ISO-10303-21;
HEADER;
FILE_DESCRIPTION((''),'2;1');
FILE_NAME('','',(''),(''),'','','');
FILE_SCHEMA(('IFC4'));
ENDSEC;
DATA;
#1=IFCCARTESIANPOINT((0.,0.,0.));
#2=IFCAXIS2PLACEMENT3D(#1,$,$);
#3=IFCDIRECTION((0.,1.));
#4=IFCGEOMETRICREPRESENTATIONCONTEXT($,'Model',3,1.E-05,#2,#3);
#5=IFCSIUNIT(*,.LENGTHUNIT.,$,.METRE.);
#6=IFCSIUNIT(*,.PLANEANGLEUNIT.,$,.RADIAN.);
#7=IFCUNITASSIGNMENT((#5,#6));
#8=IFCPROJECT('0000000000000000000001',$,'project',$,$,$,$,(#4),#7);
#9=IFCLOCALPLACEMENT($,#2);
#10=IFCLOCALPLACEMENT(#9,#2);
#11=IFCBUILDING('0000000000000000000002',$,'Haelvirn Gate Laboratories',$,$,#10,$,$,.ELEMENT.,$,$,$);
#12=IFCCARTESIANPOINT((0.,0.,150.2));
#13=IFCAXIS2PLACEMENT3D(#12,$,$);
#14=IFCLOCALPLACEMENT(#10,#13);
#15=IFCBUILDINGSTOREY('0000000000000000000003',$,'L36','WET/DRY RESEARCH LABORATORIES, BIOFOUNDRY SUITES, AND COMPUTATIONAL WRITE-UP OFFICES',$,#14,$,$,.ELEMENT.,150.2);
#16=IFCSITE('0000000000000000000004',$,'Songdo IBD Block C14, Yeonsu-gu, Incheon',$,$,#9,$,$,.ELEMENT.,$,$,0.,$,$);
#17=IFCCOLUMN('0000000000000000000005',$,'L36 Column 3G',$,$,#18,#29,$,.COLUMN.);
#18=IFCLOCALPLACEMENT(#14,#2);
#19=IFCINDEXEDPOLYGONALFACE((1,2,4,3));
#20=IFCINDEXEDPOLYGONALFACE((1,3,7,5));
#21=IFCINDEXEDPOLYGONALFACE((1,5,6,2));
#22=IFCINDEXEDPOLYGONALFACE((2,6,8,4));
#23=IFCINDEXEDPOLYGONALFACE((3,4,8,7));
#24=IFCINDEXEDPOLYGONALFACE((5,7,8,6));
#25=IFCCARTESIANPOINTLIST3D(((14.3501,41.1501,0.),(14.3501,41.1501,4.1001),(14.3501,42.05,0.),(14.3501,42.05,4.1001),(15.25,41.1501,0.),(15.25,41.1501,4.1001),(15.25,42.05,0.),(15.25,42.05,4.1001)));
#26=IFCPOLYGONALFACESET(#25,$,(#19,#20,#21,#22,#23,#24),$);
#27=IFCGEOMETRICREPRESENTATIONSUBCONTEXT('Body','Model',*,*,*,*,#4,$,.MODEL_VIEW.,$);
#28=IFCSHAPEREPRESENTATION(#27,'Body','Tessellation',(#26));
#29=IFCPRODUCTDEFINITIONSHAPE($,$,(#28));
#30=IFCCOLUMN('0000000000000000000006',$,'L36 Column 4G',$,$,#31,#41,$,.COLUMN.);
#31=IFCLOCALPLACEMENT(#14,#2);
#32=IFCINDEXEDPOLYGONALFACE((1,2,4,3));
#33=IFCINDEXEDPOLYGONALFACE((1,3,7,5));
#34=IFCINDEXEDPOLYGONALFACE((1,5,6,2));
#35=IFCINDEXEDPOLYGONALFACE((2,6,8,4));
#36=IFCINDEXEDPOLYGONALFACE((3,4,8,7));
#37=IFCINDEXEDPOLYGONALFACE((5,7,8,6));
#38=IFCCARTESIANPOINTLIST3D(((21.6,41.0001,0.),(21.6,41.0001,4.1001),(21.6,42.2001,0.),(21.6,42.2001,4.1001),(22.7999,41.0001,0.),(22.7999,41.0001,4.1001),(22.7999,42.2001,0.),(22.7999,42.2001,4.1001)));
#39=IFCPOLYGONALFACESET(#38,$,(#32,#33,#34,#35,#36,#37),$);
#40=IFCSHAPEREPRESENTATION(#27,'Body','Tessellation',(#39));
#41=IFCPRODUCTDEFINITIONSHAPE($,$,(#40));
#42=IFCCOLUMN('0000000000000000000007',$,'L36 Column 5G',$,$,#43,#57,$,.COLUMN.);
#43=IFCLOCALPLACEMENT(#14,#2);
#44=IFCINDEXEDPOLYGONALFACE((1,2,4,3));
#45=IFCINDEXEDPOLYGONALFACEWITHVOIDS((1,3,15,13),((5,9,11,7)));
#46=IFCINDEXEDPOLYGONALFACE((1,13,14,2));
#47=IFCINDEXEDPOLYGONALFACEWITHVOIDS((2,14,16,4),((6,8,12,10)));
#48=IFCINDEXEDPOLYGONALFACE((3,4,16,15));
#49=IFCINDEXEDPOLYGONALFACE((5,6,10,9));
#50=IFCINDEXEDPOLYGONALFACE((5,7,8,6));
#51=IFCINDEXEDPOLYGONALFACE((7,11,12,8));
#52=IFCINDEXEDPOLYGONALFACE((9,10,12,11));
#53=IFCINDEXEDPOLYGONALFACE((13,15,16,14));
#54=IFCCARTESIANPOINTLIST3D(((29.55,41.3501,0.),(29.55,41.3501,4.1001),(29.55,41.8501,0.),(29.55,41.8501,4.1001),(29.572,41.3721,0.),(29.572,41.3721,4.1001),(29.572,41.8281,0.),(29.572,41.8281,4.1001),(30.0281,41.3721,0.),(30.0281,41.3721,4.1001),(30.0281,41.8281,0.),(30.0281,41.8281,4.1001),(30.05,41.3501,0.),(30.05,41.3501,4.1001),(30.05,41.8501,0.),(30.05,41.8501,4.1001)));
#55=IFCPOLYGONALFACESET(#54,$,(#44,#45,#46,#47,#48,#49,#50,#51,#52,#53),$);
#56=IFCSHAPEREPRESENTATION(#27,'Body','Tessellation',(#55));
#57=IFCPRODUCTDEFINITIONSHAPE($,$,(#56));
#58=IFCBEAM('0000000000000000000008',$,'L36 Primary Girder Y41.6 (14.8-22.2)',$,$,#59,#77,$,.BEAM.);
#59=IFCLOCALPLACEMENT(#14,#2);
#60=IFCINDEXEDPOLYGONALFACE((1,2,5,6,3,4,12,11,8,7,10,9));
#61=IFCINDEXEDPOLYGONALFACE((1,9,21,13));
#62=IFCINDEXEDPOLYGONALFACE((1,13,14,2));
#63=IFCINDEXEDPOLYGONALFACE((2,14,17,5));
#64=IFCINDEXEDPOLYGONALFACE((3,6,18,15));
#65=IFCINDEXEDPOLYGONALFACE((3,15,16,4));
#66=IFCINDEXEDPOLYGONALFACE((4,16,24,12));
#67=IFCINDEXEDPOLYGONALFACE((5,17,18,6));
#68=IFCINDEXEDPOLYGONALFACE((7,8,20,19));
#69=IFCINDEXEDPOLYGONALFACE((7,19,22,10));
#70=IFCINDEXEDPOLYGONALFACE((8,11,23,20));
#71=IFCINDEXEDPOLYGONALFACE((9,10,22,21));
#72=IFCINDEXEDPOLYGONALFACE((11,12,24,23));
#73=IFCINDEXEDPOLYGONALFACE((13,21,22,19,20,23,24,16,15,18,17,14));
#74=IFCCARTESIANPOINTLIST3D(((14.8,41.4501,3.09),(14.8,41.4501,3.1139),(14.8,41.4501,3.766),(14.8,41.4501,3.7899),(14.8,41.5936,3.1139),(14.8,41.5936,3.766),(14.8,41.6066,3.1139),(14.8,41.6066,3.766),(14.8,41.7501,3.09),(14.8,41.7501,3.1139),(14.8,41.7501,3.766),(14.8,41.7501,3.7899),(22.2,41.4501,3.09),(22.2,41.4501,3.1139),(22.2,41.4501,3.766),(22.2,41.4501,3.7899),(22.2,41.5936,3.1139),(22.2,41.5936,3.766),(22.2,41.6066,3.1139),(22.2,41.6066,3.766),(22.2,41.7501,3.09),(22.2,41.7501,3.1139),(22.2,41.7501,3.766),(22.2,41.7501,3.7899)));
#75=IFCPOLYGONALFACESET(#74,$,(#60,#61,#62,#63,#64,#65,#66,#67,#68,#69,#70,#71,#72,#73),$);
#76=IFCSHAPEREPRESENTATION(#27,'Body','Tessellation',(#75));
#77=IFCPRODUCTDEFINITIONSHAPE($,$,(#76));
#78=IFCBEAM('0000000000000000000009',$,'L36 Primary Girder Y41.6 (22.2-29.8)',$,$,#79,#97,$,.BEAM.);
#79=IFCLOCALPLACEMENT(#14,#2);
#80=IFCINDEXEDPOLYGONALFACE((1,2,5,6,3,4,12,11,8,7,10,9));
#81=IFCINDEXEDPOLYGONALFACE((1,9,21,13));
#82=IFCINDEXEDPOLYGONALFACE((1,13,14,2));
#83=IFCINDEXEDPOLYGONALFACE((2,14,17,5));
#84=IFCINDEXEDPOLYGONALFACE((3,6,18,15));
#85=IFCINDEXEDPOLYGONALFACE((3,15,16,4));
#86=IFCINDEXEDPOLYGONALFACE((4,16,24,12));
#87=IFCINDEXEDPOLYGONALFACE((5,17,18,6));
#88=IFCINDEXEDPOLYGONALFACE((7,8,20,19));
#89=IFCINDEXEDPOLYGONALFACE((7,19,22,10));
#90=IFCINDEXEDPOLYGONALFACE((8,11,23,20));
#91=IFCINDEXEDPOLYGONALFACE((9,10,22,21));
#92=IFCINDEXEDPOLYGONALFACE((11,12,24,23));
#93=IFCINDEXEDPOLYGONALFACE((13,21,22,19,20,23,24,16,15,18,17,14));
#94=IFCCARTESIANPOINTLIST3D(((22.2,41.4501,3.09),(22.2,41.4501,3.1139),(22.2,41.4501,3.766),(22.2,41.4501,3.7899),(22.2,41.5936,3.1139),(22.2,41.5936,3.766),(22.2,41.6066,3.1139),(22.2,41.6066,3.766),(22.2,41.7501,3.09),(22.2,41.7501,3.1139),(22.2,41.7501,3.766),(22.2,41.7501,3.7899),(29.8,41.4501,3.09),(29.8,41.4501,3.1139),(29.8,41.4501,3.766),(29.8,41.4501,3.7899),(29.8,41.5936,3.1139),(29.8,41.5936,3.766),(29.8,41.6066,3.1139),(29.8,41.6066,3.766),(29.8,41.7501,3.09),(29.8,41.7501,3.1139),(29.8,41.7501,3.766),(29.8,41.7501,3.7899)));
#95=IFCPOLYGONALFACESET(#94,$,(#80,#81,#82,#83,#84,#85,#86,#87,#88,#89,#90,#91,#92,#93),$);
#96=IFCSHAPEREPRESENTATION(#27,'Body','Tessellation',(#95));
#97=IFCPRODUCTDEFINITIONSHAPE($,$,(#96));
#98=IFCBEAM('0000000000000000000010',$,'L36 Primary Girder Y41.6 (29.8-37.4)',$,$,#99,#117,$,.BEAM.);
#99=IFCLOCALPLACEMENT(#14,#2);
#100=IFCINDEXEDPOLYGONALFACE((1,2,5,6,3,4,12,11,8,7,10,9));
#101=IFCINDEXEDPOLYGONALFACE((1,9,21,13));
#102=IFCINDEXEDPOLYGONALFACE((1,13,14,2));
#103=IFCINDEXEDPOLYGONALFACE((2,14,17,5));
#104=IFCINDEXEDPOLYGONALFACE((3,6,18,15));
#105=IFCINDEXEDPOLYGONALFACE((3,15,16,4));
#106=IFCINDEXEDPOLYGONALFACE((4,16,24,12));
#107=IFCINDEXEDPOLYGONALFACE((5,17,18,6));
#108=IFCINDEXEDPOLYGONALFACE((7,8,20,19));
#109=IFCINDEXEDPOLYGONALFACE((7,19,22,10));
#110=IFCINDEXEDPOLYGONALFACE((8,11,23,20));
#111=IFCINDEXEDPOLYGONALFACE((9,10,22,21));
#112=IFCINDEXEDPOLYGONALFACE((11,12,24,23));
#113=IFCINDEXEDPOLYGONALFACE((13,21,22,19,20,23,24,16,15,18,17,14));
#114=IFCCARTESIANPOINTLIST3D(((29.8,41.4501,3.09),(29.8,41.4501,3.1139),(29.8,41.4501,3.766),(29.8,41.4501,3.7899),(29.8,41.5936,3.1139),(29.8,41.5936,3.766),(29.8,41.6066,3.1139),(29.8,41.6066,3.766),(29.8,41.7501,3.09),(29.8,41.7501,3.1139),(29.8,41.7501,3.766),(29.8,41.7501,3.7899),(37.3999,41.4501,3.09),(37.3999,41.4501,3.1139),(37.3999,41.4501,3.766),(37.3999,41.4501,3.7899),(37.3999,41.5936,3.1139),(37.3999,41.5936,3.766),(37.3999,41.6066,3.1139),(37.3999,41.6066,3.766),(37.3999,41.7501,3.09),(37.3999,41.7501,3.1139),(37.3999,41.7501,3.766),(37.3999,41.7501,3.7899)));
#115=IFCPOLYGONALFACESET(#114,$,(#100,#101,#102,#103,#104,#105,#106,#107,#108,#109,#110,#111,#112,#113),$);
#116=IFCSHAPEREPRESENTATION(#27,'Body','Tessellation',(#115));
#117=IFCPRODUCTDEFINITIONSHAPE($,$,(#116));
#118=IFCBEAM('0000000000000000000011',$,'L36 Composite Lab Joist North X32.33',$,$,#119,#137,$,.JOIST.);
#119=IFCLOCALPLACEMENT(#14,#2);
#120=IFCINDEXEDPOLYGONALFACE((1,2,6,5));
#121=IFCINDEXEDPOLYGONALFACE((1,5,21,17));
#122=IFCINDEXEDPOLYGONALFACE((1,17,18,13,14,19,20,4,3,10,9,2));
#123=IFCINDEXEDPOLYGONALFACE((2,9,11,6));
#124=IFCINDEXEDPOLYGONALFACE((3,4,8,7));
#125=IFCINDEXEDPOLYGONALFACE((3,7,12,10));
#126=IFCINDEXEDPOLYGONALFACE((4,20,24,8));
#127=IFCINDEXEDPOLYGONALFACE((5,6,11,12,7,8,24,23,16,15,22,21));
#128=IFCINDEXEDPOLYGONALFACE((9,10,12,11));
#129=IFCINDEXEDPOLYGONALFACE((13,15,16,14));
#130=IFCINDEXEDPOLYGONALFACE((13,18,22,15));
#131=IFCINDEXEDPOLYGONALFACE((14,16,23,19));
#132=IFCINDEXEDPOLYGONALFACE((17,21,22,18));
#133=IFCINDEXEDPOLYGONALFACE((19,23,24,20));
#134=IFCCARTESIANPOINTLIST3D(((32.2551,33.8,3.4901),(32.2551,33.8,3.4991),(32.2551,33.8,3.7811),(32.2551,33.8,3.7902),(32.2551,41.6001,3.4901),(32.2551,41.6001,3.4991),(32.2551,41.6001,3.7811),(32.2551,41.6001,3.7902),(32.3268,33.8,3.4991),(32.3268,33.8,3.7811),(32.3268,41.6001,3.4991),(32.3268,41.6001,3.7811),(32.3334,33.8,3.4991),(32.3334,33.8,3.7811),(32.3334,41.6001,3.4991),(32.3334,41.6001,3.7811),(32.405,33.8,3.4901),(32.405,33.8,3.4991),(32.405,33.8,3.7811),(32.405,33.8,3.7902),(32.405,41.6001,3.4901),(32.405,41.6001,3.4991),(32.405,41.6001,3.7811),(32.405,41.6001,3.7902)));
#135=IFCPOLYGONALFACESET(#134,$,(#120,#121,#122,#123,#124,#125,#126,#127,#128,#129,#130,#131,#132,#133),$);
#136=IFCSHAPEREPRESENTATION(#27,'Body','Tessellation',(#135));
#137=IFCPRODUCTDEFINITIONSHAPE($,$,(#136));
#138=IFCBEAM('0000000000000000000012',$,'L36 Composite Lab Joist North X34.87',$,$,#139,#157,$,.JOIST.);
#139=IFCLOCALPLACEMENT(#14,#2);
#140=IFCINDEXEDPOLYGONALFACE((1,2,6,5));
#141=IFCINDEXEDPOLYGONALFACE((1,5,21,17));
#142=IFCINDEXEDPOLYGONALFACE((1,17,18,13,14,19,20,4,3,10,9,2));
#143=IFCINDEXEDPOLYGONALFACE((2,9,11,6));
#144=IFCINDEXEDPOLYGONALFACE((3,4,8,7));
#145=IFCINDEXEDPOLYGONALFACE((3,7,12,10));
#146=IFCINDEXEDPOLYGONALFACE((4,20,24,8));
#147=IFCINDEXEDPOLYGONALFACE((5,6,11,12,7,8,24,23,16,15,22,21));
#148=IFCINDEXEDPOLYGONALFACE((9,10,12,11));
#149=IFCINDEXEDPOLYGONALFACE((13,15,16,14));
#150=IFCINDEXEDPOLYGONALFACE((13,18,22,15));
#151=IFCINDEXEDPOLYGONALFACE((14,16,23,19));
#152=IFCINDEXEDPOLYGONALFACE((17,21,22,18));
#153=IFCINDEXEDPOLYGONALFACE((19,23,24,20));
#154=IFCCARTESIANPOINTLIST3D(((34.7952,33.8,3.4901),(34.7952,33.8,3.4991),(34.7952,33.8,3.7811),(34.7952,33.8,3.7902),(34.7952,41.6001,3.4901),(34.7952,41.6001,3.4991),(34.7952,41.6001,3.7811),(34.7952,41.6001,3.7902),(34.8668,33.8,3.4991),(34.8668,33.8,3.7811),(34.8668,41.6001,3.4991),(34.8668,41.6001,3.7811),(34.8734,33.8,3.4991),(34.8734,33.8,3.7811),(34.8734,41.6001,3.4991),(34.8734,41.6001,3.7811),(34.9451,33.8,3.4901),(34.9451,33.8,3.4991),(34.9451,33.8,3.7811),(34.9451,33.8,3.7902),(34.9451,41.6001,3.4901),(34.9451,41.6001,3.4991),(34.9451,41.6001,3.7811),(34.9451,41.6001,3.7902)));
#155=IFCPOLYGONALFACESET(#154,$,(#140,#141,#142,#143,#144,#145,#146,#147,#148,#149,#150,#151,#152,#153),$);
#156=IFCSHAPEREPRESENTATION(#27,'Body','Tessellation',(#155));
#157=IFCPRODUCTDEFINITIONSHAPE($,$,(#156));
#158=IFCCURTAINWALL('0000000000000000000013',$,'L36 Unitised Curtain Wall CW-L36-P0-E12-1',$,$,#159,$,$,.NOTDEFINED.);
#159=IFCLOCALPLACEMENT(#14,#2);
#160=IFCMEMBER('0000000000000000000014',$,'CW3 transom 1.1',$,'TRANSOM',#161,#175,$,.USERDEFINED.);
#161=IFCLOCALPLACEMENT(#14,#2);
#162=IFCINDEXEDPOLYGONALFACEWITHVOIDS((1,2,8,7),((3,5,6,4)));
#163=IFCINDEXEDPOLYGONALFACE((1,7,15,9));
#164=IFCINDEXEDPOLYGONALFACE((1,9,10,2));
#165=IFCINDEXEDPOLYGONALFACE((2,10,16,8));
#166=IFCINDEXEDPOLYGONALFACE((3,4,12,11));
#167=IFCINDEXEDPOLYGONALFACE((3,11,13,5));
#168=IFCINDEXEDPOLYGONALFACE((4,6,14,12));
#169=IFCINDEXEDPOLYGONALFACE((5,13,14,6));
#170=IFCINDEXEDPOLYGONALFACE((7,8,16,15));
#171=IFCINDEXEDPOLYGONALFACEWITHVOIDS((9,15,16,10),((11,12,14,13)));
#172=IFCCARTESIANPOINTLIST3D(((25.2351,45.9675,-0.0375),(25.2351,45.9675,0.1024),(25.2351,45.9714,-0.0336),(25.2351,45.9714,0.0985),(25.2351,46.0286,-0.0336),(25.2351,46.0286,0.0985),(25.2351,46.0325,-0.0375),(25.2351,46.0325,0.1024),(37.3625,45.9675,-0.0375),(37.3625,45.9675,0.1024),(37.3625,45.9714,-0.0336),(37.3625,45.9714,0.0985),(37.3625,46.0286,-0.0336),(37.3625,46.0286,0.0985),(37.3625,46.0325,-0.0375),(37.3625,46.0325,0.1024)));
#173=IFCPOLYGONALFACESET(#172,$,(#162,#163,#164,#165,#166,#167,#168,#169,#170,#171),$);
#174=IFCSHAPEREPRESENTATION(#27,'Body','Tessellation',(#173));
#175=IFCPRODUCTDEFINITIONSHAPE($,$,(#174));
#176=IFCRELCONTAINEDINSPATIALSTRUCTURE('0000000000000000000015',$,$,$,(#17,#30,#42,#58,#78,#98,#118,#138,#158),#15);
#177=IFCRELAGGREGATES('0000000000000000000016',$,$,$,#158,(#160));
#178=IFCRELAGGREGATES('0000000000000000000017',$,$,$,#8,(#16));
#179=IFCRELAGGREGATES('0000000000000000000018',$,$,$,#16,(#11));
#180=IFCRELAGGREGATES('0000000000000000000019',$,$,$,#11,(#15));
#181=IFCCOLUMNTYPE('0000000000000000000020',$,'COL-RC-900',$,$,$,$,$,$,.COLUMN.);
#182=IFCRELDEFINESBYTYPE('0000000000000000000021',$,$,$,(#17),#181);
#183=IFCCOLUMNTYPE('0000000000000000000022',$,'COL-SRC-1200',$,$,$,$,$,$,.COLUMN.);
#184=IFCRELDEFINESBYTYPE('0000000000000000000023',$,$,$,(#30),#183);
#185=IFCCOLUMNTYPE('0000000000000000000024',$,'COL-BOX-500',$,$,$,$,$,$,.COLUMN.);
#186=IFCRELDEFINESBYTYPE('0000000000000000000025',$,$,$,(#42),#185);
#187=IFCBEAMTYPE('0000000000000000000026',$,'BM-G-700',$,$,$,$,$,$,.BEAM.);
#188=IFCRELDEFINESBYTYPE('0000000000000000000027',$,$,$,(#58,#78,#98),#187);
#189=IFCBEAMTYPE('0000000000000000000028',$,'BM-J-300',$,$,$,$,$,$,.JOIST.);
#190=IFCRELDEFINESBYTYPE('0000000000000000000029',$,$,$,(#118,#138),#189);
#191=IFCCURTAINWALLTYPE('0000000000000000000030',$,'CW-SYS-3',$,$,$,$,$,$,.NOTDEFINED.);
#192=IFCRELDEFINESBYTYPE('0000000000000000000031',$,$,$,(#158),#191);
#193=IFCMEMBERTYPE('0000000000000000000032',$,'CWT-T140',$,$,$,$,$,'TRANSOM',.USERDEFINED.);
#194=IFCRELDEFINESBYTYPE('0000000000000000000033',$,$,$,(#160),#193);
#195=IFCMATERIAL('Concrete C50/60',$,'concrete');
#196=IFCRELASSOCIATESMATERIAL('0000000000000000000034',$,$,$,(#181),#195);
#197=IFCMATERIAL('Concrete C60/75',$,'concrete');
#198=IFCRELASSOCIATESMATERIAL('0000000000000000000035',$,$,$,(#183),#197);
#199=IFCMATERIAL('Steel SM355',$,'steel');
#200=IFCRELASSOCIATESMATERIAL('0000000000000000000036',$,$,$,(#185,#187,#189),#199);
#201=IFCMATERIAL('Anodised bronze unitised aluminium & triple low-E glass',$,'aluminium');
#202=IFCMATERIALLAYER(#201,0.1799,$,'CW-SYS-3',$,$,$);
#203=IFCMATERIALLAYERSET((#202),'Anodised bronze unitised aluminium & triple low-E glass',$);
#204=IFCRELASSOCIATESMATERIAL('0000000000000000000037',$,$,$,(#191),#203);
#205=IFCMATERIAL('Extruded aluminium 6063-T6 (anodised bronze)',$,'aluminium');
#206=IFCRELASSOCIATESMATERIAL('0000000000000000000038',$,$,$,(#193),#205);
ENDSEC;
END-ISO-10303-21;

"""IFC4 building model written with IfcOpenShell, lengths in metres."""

from ifc_helpers import new_model, si_unit, direction, frame, origin, origin_2d, place, context, subcontext, project, spatial, rectangle, hollow_rectangle, i_section, extrude, source, transform, mapped, material, layer, layer_set, material_profile, profile_set, type_object, type_shapes, element, aggregate, save


model = new_model("IFC4")

# Units and contexts
model_context = context("Model", 3, precision=1e-05, world=origin(), true_north=direction((0.0, 1.0)))
body_context = subcontext(model_context, "Body", "Model", "MODEL_VIEW")
ifc_project = project(units=[si_unit("LENGTHUNIT", "METRE"), si_unit("PLANEANGLEUNIT", "RADIAN")], contexts=[model_context])

# Site, building, storey
site_placement = place(None, origin())
site = spatial("IfcSite", under=ifc_project, at=site_placement, Name="Songdo IBD Block C14, Yeonsu-gu, Incheon", CompositionType="ELEMENT", RefElevation=0.0)
building_placement = place(site_placement, origin())
building = spatial("IfcBuilding", under=site, at=building_placement, Name="Haelvirn Gate Laboratories", CompositionType="ELEMENT")
storey_placement = place(building_placement, frame((0.0, 0.0, 150.2)))
storey = spatial("IfcBuildingStorey", under=building, at=storey_placement, Name="L36", Description="WET/DRY RESEARCH LABORATORIES, BIOFOUNDRY SUITES, AND COMPUTATIONAL WRITE-UP OFFICES", CompositionType="ELEMENT", Elevation=150.2)

# Columns
ifc_material_1 = material(Name="Concrete C50/60", Category="concrete")
ifc_material_profile_1 = material_profile(ifc_material_1, rectangle(XDim=0.8999, YDim=0.8999, at=origin_2d()), Name="RC-900x900")
ifc_profile_set_1 = profile_set([ifc_material_profile_1], Name="Concrete C50/60")
column_type_1 = type_object("IfcColumnType", Name="COL-RC-900", PredefinedType="COLUMN", material=ifc_profile_set_1)
shared_shape_1 = source(origin(), body_context, "Body", "SweptSolid", [
    extrude(rectangle(XDim=0.8999, YDim=0.8999, at=origin_2d()), origin(), (0.0, 0.0, 1.0), 4.1001),
])
type_shapes(column_type_1, [shared_shape_1])
column_1_placement = place(storey_placement, frame((14.8, 41.6001, 0.0), z_axis=(0.0, 0.0, 1.0), x_axis=(1.0, 0.0, 0.0)))
element("IfcColumn", 1, at=column_1_placement, inside=storey, type_object=column_type_1, Name="L36 Column 3G", PredefinedType="COLUMN", context=body_context, shape_type="MappedRepresentation", body=[
    mapped(shared_shape_1, transform((0.0, 0.0, 0.0), scale=1.0)),
])
ifc_material_2 = material(Name="Concrete C60/75", Category="concrete")
ifc_material_profile_2 = material_profile(ifc_material_2, rectangle(XDim=1.2, YDim=1.2, at=origin_2d()), Name="SRC-1200x1200")
ifc_profile_set_2 = profile_set([ifc_material_profile_2], Name="Concrete C60/75")
column_type_2 = type_object("IfcColumnType", Name="COL-SRC-1200", PredefinedType="COLUMN", material=ifc_profile_set_2)
shared_shape_2 = source(origin(), body_context, "Body", "SweptSolid", [
    extrude(rectangle(XDim=1.2, YDim=1.2, at=origin_2d()), origin(), (0.0, 0.0, 1.0), 4.1001),
])
type_shapes(column_type_2, [shared_shape_2])
column_2_placement = place(storey_placement, frame((22.2, 41.6001, 0.0), z_axis=(0.0, 0.0, 1.0), x_axis=(1.0, 0.0, 0.0)))
element("IfcColumn", 2, at=column_2_placement, inside=storey, type_object=column_type_2, Name="L36 Column 4G", PredefinedType="COLUMN", context=body_context, shape_type="MappedRepresentation", body=[
    mapped(shared_shape_2, transform((0.0, 0.0, 0.0), scale=1.0)),
])
ifc_material_3 = material(Name="Steel SM355", Category="steel")
ifc_material_profile_3 = material_profile(ifc_material_3, hollow_rectangle(XDim=0.5, YDim=0.5, WallThickness=0.022, at=origin_2d()), Name="BOX-500x500x22")
ifc_profile_set_3 = profile_set([ifc_material_profile_3], Name="Steel SM355")
column_type_3 = type_object("IfcColumnType", Name="COL-BOX-500", PredefinedType="COLUMN", material=ifc_profile_set_3)
shared_shape_3 = source(origin(), body_context, "Body", "SweptSolid", [
    extrude(hollow_rectangle(XDim=0.5, YDim=0.5, WallThickness=0.022, at=origin_2d()), origin(), (0.0, 0.0, 1.0), 4.1001),
])
type_shapes(column_type_3, [shared_shape_3])
column_3_placement = place(storey_placement, frame((29.8, 41.6001, 0.0), z_axis=(0.0, 0.0, 1.0), x_axis=(1.0, 0.0, 0.0)))
element("IfcColumn", 3, at=column_3_placement, inside=storey, type_object=column_type_3, Name="L36 Column 5G", PredefinedType="COLUMN", context=body_context, shape_type="MappedRepresentation", body=[
    mapped(shared_shape_3, transform((0.0, 0.0, 0.0), scale=1.0)),
])

# Beams
ifc_material_profile_4 = material_profile(ifc_material_3, i_section(OverallWidth=0.3, OverallDepth=0.7, WebThickness=0.0129, FlangeThickness=0.0239, at=origin_2d()), Name="H-700x300x13x24")
ifc_profile_set_4 = profile_set([ifc_material_profile_4], Name="Steel SM355")
beam_type_1 = type_object("IfcBeamType", Name="BM-G-700", PredefinedType="BEAM", material=ifc_profile_set_4)
shared_shape_4 = source(origin(), body_context, "Body", "SweptSolid", [
    extrude(i_section(OverallWidth=0.3, OverallDepth=0.7, WebThickness=0.0129, FlangeThickness=0.0239, at=origin_2d()), origin(), (0.0, 0.0, 1.0), 7.3999),
])
beam_1_placement = place(storey_placement, frame((14.8, 41.6001, 3.4399), z_axis=(1.0, 0.0, 0.0), x_axis=(0.0, 1.0, 0.0)))
element("IfcBeam", 4, at=beam_1_placement, inside=storey, type_object=beam_type_1, Name="L36 Primary Girder Y41.6 (14.8-22.2)", PredefinedType="BEAM", context=body_context, shape_type="MappedRepresentation", body=[
    mapped(shared_shape_4, transform((0.0, 0.0, 0.0), scale=1.0)),
])
shared_shape_5 = source(origin(), body_context, "Body", "SweptSolid", [
    extrude(i_section(OverallWidth=0.3, OverallDepth=0.7, WebThickness=0.0129, FlangeThickness=0.0239, at=origin_2d()), origin(), (0.0, 0.0, 1.0), 7.6001),
])
beam_2_placement = place(storey_placement, frame((22.2, 41.6001, 3.4399), z_axis=(1.0, 0.0, 0.0), x_axis=(0.0, 1.0, 0.0)))
element("IfcBeam", 5, at=beam_2_placement, inside=storey, type_object=beam_type_1, Name="L36 Primary Girder Y41.6 (22.2-29.8)", PredefinedType="BEAM", context=body_context, shape_type="MappedRepresentation", body=[
    mapped(shared_shape_5, transform((0.0, 0.0, 0.0), scale=1.0)),
])
shared_shape_6 = source(origin(), body_context, "Body", "SweptSolid", [
    extrude(i_section(OverallWidth=0.3, OverallDepth=0.7, WebThickness=0.0129, FlangeThickness=0.0239, at=origin_2d()), origin(), (0.0, 0.0, 1.0), 7.5999),
])
type_shapes(beam_type_1, [shared_shape_4, shared_shape_5, shared_shape_6])
beam_3_placement = place(storey_placement, frame((29.8, 41.6001, 3.4399), z_axis=(1.0, 0.0, 0.0), x_axis=(0.0, 1.0, 0.0)))
element("IfcBeam", 6, at=beam_3_placement, inside=storey, type_object=beam_type_1, Name="L36 Primary Girder Y41.6 (29.8-37.4)", PredefinedType="BEAM", context=body_context, shape_type="MappedRepresentation", body=[
    mapped(shared_shape_6, transform((0.0, 0.0, 0.0), scale=1.0)),
])
ifc_material_profile_5 = material_profile(ifc_material_3, i_section(OverallWidth=0.1499, OverallDepth=0.3, WebThickness=0.0066, FlangeThickness=0.009, at=origin_2d()), Name="H-300x150x6.5x9")
ifc_profile_set_5 = profile_set([ifc_material_profile_5], Name="Steel SM355")
beam_type_2 = type_object("IfcBeamType", Name="BM-J-300", PredefinedType="JOIST", material=ifc_profile_set_5)
shared_shape_7 = source(origin(), body_context, "Body", "SweptSolid", [
    extrude(i_section(OverallWidth=0.1499, OverallDepth=0.3, WebThickness=0.0066, FlangeThickness=0.009, at=origin_2d()), origin(), (0.0, 0.0, 1.0), 7.8),
])
type_shapes(beam_type_2, [shared_shape_7])
for number, where, z_axis, x_axis, name in (
    (7, (32.3301, 33.8, 3.6401), (0.0, 1.0, 0.0), (-1.0, 0.0, 0.0), "L36 Composite Lab Joist North X32.33"),
    (8, (34.8701, 33.8, 3.6401), (0.0, 1.0, 0.0), (-1.0, 0.0, 0.0), "L36 Composite Lab Joist North X34.87"),
):
    element("IfcBeam", number, at=place(storey_placement, frame(where, z_axis=z_axis, x_axis=x_axis)), inside=storey, type_object=beam_type_2, Name=name, PredefinedType="JOIST", context=body_context, shape_type="MappedRepresentation", body=[
        mapped(shared_shape_7, transform((0.0, 0.0, 0.0), scale=1.0)),
    ])

# Curtain wall, member
ifc_material_4 = material(Name="Anodised bronze unitised aluminium & triple low-E glass", Category="aluminium")
ifc_layer_1 = layer(ifc_material_4, 0.1799, Name="CW-SYS-3")
ifc_layer_set_1 = layer_set([ifc_layer_1], Name="Anodised bronze unitised aluminium & triple low-E glass")
curtain_wall_type = type_object("IfcCurtainWallType", Name="CW-SYS-3", PredefinedType="NOTDEFINED", material=ifc_layer_set_1)
curtain_wall_1_placement = place(storey_placement, origin())
curtain_wall_1 = element("IfcCurtainWall", 9, at=curtain_wall_1_placement, inside=storey, type_object=curtain_wall_type, Name="L36 Unitised Curtain Wall CW-L36-P0-E12-1", PredefinedType="NOTDEFINED")
ifc_material_5 = material(Name="Extruded aluminium 6063-T6 (anodised bronze)", Category="aluminium")
ifc_material_profile_6 = material_profile(ifc_material_5, hollow_rectangle(XDim=0.0649, YDim=0.1399, WallThickness=0.0039, at=origin_2d()), Name="CWT-140x65x4")
ifc_profile_set_6 = profile_set([ifc_material_profile_6], Name="Extruded aluminium 6063-T6 (anodised bronze)")
member_type_1 = type_object("IfcMemberType", Name="CWT-T140", ElementType="TRANSOM", PredefinedType="USERDEFINED", material=ifc_profile_set_6)
shared_shape_8 = source(origin(), body_context, "Body", "SweptSolid", [
    extrude(hollow_rectangle(XDim=0.0649, YDim=0.1399, WallThickness=0.0039, at=origin_2d()), origin(), (0.0, 0.0, 1.0), 12.1274),
])
member_1_placement = place(storey_placement, frame((25.2351, 46.0, 0.0325), z_axis=(1.0, 0.0, 0.0), x_axis=(0.0, 1.0, 0.0)))
member_1 = element("IfcMember", 10, at=member_1_placement, type_object=member_type_1, Name="CW3 transom 1.1", ObjectType="TRANSOM", PredefinedType="USERDEFINED", context=body_context, shape_type="MappedRepresentation", body=[
    mapped(shared_shape_8, transform((0.0, 0.0, 0.0), scale=1.0)),
])

aggregate(curtain_wall_1, [member_1])

save(model, "model.ifc")
